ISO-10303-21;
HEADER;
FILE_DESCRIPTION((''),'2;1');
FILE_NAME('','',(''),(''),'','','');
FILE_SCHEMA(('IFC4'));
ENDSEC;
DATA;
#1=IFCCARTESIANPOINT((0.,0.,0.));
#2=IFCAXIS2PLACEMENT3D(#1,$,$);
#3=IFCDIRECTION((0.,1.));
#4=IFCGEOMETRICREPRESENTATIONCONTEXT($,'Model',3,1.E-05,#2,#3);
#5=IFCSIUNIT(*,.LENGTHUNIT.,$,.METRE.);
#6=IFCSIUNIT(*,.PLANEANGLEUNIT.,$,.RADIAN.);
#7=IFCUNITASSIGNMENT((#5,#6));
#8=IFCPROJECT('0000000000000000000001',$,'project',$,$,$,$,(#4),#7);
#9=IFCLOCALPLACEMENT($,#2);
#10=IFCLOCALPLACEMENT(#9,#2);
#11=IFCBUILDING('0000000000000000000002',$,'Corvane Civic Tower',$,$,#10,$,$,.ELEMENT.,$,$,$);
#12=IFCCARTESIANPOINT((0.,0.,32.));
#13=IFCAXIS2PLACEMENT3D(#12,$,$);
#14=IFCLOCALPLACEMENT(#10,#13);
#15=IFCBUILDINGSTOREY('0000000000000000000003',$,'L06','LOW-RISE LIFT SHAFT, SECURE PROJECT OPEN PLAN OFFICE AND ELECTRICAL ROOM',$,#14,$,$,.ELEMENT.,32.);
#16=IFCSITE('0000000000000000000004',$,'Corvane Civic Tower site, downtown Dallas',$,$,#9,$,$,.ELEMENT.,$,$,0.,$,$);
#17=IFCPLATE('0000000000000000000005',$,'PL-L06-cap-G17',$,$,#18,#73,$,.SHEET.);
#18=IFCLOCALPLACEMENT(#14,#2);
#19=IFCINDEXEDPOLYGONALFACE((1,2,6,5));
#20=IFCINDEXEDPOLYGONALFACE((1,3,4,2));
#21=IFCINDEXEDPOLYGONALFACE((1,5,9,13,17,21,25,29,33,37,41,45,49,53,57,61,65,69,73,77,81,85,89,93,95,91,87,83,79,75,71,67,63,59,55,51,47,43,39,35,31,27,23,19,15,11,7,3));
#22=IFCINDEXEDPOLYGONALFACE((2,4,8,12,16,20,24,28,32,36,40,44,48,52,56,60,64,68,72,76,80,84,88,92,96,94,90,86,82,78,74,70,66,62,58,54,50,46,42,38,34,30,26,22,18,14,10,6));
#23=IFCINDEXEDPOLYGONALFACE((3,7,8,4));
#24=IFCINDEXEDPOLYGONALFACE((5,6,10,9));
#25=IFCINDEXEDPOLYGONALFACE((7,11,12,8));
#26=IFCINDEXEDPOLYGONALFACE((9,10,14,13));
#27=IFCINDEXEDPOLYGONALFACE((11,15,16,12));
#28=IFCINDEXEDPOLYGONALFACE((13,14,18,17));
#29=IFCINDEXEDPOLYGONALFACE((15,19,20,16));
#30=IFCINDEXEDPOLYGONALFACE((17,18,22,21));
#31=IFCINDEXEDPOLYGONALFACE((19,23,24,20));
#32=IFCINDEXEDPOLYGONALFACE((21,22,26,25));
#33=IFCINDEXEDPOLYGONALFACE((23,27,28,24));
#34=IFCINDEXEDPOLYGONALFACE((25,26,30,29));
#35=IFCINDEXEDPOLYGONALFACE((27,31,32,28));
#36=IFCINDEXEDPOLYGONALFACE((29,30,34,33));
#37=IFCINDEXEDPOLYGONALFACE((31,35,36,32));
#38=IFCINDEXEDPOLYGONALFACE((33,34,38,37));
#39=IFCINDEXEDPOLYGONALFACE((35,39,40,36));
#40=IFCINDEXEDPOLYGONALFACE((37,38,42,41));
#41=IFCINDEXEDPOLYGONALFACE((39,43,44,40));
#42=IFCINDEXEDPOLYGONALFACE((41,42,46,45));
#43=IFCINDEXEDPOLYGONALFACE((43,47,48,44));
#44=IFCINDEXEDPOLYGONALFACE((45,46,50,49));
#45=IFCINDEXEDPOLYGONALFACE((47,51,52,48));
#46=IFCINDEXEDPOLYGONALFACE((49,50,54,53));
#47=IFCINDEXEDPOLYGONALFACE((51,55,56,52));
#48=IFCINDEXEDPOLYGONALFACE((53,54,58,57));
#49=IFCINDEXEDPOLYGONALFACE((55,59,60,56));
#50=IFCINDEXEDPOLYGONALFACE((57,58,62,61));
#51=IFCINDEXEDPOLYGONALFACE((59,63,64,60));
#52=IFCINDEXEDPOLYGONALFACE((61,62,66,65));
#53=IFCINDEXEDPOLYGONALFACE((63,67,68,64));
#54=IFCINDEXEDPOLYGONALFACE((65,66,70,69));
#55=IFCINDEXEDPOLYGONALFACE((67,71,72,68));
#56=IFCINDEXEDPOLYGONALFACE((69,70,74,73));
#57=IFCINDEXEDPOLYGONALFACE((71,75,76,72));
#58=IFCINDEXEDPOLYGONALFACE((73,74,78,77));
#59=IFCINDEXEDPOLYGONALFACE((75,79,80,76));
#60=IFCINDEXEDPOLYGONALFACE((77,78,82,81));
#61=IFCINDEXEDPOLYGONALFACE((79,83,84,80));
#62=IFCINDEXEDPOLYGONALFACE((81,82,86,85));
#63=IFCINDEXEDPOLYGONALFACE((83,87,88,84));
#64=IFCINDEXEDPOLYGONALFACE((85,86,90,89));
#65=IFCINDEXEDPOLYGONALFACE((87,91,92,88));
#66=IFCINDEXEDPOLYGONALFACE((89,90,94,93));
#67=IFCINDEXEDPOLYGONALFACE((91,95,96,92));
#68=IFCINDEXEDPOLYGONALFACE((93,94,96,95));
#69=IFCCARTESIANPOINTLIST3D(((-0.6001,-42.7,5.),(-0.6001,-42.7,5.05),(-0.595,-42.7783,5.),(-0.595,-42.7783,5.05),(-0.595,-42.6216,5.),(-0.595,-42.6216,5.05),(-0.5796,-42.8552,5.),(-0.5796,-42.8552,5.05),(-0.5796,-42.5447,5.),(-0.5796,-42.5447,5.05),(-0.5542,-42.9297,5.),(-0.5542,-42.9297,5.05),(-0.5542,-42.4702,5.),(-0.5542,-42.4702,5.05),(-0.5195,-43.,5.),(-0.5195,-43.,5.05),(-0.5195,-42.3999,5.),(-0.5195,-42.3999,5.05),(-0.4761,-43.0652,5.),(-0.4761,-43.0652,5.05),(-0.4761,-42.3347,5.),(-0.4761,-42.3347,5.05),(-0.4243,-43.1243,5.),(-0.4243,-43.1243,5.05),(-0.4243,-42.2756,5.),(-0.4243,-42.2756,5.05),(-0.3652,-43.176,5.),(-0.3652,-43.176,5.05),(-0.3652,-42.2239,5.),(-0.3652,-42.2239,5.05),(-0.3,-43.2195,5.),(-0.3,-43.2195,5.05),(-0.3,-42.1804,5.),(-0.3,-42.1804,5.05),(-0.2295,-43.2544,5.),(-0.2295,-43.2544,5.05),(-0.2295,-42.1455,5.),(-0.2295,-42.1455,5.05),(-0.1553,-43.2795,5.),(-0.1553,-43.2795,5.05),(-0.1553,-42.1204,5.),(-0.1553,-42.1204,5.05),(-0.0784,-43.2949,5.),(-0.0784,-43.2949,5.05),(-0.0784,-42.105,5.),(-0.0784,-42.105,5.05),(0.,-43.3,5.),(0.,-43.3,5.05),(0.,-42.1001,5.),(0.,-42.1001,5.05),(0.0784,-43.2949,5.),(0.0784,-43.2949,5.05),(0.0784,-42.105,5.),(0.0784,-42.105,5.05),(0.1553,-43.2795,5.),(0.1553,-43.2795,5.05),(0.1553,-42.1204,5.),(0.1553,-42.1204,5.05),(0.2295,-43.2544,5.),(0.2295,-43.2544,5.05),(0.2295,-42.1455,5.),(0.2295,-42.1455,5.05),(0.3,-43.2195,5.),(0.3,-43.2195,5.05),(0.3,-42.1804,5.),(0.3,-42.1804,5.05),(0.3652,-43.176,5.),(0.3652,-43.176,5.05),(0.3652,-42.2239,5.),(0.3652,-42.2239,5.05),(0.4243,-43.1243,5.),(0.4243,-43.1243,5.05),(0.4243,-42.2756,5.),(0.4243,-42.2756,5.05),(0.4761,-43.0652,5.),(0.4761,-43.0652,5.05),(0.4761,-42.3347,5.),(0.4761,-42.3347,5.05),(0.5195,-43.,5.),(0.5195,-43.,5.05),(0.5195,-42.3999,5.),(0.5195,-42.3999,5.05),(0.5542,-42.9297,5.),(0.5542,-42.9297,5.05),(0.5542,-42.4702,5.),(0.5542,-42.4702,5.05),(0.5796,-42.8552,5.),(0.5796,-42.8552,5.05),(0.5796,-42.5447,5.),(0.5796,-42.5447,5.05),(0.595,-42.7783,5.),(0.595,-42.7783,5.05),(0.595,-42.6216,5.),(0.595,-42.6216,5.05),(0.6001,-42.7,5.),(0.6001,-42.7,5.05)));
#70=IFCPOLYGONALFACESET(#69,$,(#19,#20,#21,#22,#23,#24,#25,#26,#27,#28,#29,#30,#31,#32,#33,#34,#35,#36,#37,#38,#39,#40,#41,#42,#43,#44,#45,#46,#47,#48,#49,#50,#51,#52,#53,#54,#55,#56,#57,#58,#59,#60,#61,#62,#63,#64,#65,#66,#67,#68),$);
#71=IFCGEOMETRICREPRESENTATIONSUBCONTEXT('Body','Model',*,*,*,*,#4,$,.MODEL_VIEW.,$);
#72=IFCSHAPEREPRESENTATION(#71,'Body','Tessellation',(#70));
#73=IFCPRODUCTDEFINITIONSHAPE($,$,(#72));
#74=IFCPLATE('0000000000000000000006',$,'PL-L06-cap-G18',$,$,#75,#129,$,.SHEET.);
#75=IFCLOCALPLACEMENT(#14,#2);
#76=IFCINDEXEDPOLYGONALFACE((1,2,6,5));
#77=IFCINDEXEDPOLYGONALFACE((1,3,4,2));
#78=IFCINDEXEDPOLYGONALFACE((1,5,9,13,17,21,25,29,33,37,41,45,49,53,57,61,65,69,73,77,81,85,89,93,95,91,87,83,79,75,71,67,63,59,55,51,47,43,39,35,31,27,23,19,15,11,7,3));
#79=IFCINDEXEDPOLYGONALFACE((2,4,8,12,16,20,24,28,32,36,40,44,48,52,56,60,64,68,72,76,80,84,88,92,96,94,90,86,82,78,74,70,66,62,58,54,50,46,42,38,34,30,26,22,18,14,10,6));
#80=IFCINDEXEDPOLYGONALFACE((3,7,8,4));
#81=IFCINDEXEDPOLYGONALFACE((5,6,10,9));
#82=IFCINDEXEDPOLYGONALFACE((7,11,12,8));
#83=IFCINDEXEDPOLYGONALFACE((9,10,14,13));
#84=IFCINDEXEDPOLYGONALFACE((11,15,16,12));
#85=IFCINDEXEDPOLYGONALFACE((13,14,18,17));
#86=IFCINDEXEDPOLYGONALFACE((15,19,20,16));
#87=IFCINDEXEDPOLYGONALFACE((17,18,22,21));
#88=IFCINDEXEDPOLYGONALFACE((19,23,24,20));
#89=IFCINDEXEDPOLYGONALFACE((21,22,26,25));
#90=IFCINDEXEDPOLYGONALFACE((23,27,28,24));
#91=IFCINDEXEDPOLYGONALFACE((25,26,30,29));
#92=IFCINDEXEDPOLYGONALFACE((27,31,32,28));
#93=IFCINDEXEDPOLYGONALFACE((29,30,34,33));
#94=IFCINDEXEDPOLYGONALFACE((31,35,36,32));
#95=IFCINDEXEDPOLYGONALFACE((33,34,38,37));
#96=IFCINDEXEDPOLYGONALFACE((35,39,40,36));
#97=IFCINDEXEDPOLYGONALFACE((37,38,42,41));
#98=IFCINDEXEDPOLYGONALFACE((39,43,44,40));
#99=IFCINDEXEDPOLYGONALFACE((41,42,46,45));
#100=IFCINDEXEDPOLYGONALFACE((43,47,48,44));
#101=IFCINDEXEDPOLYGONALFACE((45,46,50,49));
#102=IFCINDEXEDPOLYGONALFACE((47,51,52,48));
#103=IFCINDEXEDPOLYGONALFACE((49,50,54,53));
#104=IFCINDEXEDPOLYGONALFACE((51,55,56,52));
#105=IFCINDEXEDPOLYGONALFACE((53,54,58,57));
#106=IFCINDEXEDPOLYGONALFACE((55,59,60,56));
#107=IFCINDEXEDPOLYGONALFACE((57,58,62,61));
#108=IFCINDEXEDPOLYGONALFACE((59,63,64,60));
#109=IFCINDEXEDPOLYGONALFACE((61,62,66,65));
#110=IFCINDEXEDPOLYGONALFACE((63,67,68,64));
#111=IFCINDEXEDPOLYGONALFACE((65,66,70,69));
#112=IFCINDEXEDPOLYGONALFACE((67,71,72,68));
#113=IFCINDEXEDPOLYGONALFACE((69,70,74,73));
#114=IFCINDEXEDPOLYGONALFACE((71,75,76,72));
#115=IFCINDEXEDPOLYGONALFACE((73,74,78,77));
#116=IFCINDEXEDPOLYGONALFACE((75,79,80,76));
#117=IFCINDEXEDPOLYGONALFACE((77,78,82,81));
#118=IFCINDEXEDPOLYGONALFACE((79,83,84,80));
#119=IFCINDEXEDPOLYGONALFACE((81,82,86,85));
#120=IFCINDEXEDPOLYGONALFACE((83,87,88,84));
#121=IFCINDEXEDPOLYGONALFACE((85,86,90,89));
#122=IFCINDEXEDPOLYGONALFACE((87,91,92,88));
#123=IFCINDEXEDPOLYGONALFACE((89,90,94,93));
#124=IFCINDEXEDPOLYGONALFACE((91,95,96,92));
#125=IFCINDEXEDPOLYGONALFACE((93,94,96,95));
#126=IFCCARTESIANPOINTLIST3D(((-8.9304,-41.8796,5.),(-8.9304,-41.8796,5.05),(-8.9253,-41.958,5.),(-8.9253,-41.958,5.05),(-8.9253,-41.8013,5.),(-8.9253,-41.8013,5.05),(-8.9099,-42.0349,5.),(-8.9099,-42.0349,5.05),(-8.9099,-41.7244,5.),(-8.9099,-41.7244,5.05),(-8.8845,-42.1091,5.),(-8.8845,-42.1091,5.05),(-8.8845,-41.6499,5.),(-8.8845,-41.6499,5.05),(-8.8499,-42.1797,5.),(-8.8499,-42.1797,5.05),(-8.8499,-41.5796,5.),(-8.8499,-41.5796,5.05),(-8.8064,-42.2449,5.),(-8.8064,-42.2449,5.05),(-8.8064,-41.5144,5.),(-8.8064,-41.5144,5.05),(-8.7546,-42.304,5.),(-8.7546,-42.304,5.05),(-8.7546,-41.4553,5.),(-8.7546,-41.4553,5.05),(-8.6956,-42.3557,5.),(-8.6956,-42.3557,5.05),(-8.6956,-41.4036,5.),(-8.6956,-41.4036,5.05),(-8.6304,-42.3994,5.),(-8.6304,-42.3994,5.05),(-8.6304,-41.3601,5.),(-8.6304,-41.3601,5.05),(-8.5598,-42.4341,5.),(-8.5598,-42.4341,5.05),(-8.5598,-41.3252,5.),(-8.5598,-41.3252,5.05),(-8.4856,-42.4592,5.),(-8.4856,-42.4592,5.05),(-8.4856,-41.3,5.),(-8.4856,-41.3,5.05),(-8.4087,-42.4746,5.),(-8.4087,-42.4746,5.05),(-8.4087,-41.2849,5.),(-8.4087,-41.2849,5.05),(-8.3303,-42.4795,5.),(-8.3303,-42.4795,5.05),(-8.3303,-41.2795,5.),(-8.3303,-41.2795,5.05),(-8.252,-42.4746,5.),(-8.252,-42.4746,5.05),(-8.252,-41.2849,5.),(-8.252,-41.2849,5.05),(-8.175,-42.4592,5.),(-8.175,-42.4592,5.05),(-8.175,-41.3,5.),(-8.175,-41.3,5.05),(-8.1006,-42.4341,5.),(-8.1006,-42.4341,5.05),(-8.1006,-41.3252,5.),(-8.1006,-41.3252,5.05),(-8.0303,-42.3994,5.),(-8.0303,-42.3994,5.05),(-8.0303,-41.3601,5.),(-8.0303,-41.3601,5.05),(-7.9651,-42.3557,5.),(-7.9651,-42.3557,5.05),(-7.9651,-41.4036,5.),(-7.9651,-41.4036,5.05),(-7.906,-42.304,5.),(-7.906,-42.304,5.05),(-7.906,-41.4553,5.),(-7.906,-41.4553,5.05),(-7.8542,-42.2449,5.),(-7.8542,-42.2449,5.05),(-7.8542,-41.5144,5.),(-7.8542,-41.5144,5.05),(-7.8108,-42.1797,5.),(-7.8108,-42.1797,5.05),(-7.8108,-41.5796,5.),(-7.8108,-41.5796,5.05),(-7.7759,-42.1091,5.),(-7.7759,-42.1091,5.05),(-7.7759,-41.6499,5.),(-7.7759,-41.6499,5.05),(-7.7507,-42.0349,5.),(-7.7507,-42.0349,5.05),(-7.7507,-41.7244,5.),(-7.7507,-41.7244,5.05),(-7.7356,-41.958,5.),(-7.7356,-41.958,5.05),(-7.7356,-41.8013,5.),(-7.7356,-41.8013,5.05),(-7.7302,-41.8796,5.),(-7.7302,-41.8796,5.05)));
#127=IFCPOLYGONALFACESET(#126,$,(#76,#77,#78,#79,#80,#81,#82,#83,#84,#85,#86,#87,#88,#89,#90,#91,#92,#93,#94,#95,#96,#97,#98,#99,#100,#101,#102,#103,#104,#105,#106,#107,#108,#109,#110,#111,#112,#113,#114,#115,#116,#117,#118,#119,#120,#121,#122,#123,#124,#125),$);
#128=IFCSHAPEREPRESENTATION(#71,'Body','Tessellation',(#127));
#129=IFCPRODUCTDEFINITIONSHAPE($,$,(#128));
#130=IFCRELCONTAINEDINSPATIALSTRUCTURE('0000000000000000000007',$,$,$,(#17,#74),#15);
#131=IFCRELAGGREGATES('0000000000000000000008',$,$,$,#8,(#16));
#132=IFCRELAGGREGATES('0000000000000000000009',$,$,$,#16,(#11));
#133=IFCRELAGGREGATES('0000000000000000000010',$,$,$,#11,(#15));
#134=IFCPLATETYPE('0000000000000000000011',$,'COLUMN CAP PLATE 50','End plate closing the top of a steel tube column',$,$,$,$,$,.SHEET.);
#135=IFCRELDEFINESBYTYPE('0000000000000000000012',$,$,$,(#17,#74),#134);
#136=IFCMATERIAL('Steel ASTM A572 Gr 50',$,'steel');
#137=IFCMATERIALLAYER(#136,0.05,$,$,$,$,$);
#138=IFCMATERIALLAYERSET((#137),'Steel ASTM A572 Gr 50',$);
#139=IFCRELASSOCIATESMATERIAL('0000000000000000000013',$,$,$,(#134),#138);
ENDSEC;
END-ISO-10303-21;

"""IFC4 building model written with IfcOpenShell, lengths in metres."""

from ifc_helpers import new_model, si_unit, direction, frame, origin, place, context, subcontext, project, spatial, polyline, outline, extrude, material, layer, layer_set, type_object, element, save


model = new_model("IFC4")

# Units and contexts
model_context = context("Model", 3, precision=1e-05, world=origin(), true_north=direction((0.0, 1.0)))
body_context = subcontext(model_context, "Body", "Model", "MODEL_VIEW")
ifc_project = project(units=[si_unit("LENGTHUNIT", "METRE"), si_unit("PLANEANGLEUNIT", "RADIAN")], contexts=[model_context])

# Site, building, storey
site_placement = place(None, origin())
site = spatial("IfcSite", under=ifc_project, at=site_placement, Name="Corvane Civic Tower site, downtown Dallas", CompositionType="ELEMENT", RefElevation=0.0)
building_placement = place(site_placement, origin())
building = spatial("IfcBuilding", under=site, at=building_placement, Name="Corvane Civic Tower", CompositionType="ELEMENT")
storey_placement = place(building_placement, frame((0.0, 0.0, 32.0)))
storey = spatial("IfcBuildingStorey", under=building, at=storey_placement, Name="L06", Description="LOW-RISE LIFT SHAFT, SECURE PROJECT OPEN PLAN OFFICE AND ELECTRICAL ROOM", CompositionType="ELEMENT", Elevation=32.0)

# Plates
ifc_material_1 = material(Name="Steel ASTM A572 Gr 50", Category="steel")
ifc_layer = layer(ifc_material_1, 0.05)
ifc_layer_set = layer_set([ifc_layer], Name="Steel ASTM A572 Gr 50")
plate_type = type_object("IfcPlateType", Name="COLUMN CAP PLATE 50", Description="End plate closing the top of a steel tube column", PredefinedType="SHEET", material=ifc_layer_set)
plate_1_placement = place(storey_placement, frame((0.0, 0.0, 5.0)))
element("IfcPlate", 1, at=plate_1_placement, inside=storey, type_object=plate_type, Name="PL-L06-cap-G17", PredefinedType="SHEET", context=body_context, shape_type="SweptSolid", body=[
    extrude(outline(polyline([(0.6001, -42.7), (0.595, -42.6216), (0.5796, -42.5447), (0.5542, -42.4702), (0.5195, -42.3999), (0.4761, -42.3347), (0.4243, -42.2756), (0.3652, -42.2239), (0.3, -42.1804), (0.2295, -42.1455), (0.1553, -42.1204), (0.0784, -42.105), (0.0, -42.1001), (-0.0784, -42.105), (-0.1553, -42.1204), (-0.2295, -42.1455), (-0.3, -42.1804), (-0.3652, -42.2239), (-0.4243, -42.2756), (-0.4761, -42.3347), (-0.5195, -42.3999), (-0.5542, -42.4702), (-0.5796, -42.5447), (-0.595, -42.6216), (-0.6001, -42.7), (-0.595, -42.7783), (-0.5796, -42.8552), (-0.5542, -42.9297), (-0.5195, -43.0), (-0.4761, -43.0652), (-0.4243, -43.1243), (-0.3652, -43.176), (-0.3, -43.2195), (-0.2295, -43.2544), (-0.1553, -43.2795), (-0.0784, -43.2949), (0.0, -43.3), (0.0784, -43.2949), (0.1553, -43.2795), (0.2295, -43.2544), (0.3, -43.2195), (0.3652, -43.176), (0.4243, -43.1243), (0.4761, -43.0652), (0.5195, -43.0), (0.5542, -42.9297), (0.5796, -42.8552), (0.595, -42.7783), (0.6001, -42.7)])), origin(), (0.0, 0.0, 1.0), 0.05),
])
plate_2_placement = place(storey_placement, frame((0.0, 0.0, 5.0)))
element("IfcPlate", 2, at=plate_2_placement, inside=storey, type_object=plate_type, Name="PL-L06-cap-G18", PredefinedType="SHEET", context=body_context, shape_type="SweptSolid", body=[
    extrude(outline(polyline([(-7.7302, -41.8796), (-7.7356, -41.8013), (-7.7507, -41.7244), (-7.7759, -41.6499), (-7.8108, -41.5796), (-7.8542, -41.5144), (-7.906, -41.4553), (-7.9651, -41.4036), (-8.0303, -41.3601), (-8.1006, -41.3252), (-8.175, -41.3), (-8.252, -41.2849), (-8.3303, -41.2795), (-8.4087, -41.2849), (-8.4856, -41.3), (-8.5598, -41.3252), (-8.6304, -41.3601), (-8.6956, -41.4036), (-8.7546, -41.4553), (-8.8064, -41.5144), (-8.8499, -41.5796), (-8.8845, -41.6499), (-8.9099, -41.7244), (-8.9253, -41.8013), (-8.9304, -41.8796), (-8.9253, -41.958), (-8.9099, -42.0349), (-8.8845, -42.1091), (-8.8499, -42.1797), (-8.8064, -42.2449), (-8.7546, -42.304), (-8.6956, -42.3557), (-8.6304, -42.3994), (-8.5598, -42.4341), (-8.4856, -42.4592), (-8.4087, -42.4746), (-8.3303, -42.4795), (-8.252, -42.4746), (-8.175, -42.4592), (-8.1006, -42.4341), (-8.0303, -42.3994), (-7.9651, -42.3557), (-7.906, -42.304), (-7.8542, -42.2449), (-7.8108, -42.1797), (-7.7759, -42.1091), (-7.7507, -42.0349), (-7.7356, -41.958), (-7.7302, -41.8796)])), origin(), (0.0, 0.0, 1.0), 0.05),
])

save(model, "model.ifc")
